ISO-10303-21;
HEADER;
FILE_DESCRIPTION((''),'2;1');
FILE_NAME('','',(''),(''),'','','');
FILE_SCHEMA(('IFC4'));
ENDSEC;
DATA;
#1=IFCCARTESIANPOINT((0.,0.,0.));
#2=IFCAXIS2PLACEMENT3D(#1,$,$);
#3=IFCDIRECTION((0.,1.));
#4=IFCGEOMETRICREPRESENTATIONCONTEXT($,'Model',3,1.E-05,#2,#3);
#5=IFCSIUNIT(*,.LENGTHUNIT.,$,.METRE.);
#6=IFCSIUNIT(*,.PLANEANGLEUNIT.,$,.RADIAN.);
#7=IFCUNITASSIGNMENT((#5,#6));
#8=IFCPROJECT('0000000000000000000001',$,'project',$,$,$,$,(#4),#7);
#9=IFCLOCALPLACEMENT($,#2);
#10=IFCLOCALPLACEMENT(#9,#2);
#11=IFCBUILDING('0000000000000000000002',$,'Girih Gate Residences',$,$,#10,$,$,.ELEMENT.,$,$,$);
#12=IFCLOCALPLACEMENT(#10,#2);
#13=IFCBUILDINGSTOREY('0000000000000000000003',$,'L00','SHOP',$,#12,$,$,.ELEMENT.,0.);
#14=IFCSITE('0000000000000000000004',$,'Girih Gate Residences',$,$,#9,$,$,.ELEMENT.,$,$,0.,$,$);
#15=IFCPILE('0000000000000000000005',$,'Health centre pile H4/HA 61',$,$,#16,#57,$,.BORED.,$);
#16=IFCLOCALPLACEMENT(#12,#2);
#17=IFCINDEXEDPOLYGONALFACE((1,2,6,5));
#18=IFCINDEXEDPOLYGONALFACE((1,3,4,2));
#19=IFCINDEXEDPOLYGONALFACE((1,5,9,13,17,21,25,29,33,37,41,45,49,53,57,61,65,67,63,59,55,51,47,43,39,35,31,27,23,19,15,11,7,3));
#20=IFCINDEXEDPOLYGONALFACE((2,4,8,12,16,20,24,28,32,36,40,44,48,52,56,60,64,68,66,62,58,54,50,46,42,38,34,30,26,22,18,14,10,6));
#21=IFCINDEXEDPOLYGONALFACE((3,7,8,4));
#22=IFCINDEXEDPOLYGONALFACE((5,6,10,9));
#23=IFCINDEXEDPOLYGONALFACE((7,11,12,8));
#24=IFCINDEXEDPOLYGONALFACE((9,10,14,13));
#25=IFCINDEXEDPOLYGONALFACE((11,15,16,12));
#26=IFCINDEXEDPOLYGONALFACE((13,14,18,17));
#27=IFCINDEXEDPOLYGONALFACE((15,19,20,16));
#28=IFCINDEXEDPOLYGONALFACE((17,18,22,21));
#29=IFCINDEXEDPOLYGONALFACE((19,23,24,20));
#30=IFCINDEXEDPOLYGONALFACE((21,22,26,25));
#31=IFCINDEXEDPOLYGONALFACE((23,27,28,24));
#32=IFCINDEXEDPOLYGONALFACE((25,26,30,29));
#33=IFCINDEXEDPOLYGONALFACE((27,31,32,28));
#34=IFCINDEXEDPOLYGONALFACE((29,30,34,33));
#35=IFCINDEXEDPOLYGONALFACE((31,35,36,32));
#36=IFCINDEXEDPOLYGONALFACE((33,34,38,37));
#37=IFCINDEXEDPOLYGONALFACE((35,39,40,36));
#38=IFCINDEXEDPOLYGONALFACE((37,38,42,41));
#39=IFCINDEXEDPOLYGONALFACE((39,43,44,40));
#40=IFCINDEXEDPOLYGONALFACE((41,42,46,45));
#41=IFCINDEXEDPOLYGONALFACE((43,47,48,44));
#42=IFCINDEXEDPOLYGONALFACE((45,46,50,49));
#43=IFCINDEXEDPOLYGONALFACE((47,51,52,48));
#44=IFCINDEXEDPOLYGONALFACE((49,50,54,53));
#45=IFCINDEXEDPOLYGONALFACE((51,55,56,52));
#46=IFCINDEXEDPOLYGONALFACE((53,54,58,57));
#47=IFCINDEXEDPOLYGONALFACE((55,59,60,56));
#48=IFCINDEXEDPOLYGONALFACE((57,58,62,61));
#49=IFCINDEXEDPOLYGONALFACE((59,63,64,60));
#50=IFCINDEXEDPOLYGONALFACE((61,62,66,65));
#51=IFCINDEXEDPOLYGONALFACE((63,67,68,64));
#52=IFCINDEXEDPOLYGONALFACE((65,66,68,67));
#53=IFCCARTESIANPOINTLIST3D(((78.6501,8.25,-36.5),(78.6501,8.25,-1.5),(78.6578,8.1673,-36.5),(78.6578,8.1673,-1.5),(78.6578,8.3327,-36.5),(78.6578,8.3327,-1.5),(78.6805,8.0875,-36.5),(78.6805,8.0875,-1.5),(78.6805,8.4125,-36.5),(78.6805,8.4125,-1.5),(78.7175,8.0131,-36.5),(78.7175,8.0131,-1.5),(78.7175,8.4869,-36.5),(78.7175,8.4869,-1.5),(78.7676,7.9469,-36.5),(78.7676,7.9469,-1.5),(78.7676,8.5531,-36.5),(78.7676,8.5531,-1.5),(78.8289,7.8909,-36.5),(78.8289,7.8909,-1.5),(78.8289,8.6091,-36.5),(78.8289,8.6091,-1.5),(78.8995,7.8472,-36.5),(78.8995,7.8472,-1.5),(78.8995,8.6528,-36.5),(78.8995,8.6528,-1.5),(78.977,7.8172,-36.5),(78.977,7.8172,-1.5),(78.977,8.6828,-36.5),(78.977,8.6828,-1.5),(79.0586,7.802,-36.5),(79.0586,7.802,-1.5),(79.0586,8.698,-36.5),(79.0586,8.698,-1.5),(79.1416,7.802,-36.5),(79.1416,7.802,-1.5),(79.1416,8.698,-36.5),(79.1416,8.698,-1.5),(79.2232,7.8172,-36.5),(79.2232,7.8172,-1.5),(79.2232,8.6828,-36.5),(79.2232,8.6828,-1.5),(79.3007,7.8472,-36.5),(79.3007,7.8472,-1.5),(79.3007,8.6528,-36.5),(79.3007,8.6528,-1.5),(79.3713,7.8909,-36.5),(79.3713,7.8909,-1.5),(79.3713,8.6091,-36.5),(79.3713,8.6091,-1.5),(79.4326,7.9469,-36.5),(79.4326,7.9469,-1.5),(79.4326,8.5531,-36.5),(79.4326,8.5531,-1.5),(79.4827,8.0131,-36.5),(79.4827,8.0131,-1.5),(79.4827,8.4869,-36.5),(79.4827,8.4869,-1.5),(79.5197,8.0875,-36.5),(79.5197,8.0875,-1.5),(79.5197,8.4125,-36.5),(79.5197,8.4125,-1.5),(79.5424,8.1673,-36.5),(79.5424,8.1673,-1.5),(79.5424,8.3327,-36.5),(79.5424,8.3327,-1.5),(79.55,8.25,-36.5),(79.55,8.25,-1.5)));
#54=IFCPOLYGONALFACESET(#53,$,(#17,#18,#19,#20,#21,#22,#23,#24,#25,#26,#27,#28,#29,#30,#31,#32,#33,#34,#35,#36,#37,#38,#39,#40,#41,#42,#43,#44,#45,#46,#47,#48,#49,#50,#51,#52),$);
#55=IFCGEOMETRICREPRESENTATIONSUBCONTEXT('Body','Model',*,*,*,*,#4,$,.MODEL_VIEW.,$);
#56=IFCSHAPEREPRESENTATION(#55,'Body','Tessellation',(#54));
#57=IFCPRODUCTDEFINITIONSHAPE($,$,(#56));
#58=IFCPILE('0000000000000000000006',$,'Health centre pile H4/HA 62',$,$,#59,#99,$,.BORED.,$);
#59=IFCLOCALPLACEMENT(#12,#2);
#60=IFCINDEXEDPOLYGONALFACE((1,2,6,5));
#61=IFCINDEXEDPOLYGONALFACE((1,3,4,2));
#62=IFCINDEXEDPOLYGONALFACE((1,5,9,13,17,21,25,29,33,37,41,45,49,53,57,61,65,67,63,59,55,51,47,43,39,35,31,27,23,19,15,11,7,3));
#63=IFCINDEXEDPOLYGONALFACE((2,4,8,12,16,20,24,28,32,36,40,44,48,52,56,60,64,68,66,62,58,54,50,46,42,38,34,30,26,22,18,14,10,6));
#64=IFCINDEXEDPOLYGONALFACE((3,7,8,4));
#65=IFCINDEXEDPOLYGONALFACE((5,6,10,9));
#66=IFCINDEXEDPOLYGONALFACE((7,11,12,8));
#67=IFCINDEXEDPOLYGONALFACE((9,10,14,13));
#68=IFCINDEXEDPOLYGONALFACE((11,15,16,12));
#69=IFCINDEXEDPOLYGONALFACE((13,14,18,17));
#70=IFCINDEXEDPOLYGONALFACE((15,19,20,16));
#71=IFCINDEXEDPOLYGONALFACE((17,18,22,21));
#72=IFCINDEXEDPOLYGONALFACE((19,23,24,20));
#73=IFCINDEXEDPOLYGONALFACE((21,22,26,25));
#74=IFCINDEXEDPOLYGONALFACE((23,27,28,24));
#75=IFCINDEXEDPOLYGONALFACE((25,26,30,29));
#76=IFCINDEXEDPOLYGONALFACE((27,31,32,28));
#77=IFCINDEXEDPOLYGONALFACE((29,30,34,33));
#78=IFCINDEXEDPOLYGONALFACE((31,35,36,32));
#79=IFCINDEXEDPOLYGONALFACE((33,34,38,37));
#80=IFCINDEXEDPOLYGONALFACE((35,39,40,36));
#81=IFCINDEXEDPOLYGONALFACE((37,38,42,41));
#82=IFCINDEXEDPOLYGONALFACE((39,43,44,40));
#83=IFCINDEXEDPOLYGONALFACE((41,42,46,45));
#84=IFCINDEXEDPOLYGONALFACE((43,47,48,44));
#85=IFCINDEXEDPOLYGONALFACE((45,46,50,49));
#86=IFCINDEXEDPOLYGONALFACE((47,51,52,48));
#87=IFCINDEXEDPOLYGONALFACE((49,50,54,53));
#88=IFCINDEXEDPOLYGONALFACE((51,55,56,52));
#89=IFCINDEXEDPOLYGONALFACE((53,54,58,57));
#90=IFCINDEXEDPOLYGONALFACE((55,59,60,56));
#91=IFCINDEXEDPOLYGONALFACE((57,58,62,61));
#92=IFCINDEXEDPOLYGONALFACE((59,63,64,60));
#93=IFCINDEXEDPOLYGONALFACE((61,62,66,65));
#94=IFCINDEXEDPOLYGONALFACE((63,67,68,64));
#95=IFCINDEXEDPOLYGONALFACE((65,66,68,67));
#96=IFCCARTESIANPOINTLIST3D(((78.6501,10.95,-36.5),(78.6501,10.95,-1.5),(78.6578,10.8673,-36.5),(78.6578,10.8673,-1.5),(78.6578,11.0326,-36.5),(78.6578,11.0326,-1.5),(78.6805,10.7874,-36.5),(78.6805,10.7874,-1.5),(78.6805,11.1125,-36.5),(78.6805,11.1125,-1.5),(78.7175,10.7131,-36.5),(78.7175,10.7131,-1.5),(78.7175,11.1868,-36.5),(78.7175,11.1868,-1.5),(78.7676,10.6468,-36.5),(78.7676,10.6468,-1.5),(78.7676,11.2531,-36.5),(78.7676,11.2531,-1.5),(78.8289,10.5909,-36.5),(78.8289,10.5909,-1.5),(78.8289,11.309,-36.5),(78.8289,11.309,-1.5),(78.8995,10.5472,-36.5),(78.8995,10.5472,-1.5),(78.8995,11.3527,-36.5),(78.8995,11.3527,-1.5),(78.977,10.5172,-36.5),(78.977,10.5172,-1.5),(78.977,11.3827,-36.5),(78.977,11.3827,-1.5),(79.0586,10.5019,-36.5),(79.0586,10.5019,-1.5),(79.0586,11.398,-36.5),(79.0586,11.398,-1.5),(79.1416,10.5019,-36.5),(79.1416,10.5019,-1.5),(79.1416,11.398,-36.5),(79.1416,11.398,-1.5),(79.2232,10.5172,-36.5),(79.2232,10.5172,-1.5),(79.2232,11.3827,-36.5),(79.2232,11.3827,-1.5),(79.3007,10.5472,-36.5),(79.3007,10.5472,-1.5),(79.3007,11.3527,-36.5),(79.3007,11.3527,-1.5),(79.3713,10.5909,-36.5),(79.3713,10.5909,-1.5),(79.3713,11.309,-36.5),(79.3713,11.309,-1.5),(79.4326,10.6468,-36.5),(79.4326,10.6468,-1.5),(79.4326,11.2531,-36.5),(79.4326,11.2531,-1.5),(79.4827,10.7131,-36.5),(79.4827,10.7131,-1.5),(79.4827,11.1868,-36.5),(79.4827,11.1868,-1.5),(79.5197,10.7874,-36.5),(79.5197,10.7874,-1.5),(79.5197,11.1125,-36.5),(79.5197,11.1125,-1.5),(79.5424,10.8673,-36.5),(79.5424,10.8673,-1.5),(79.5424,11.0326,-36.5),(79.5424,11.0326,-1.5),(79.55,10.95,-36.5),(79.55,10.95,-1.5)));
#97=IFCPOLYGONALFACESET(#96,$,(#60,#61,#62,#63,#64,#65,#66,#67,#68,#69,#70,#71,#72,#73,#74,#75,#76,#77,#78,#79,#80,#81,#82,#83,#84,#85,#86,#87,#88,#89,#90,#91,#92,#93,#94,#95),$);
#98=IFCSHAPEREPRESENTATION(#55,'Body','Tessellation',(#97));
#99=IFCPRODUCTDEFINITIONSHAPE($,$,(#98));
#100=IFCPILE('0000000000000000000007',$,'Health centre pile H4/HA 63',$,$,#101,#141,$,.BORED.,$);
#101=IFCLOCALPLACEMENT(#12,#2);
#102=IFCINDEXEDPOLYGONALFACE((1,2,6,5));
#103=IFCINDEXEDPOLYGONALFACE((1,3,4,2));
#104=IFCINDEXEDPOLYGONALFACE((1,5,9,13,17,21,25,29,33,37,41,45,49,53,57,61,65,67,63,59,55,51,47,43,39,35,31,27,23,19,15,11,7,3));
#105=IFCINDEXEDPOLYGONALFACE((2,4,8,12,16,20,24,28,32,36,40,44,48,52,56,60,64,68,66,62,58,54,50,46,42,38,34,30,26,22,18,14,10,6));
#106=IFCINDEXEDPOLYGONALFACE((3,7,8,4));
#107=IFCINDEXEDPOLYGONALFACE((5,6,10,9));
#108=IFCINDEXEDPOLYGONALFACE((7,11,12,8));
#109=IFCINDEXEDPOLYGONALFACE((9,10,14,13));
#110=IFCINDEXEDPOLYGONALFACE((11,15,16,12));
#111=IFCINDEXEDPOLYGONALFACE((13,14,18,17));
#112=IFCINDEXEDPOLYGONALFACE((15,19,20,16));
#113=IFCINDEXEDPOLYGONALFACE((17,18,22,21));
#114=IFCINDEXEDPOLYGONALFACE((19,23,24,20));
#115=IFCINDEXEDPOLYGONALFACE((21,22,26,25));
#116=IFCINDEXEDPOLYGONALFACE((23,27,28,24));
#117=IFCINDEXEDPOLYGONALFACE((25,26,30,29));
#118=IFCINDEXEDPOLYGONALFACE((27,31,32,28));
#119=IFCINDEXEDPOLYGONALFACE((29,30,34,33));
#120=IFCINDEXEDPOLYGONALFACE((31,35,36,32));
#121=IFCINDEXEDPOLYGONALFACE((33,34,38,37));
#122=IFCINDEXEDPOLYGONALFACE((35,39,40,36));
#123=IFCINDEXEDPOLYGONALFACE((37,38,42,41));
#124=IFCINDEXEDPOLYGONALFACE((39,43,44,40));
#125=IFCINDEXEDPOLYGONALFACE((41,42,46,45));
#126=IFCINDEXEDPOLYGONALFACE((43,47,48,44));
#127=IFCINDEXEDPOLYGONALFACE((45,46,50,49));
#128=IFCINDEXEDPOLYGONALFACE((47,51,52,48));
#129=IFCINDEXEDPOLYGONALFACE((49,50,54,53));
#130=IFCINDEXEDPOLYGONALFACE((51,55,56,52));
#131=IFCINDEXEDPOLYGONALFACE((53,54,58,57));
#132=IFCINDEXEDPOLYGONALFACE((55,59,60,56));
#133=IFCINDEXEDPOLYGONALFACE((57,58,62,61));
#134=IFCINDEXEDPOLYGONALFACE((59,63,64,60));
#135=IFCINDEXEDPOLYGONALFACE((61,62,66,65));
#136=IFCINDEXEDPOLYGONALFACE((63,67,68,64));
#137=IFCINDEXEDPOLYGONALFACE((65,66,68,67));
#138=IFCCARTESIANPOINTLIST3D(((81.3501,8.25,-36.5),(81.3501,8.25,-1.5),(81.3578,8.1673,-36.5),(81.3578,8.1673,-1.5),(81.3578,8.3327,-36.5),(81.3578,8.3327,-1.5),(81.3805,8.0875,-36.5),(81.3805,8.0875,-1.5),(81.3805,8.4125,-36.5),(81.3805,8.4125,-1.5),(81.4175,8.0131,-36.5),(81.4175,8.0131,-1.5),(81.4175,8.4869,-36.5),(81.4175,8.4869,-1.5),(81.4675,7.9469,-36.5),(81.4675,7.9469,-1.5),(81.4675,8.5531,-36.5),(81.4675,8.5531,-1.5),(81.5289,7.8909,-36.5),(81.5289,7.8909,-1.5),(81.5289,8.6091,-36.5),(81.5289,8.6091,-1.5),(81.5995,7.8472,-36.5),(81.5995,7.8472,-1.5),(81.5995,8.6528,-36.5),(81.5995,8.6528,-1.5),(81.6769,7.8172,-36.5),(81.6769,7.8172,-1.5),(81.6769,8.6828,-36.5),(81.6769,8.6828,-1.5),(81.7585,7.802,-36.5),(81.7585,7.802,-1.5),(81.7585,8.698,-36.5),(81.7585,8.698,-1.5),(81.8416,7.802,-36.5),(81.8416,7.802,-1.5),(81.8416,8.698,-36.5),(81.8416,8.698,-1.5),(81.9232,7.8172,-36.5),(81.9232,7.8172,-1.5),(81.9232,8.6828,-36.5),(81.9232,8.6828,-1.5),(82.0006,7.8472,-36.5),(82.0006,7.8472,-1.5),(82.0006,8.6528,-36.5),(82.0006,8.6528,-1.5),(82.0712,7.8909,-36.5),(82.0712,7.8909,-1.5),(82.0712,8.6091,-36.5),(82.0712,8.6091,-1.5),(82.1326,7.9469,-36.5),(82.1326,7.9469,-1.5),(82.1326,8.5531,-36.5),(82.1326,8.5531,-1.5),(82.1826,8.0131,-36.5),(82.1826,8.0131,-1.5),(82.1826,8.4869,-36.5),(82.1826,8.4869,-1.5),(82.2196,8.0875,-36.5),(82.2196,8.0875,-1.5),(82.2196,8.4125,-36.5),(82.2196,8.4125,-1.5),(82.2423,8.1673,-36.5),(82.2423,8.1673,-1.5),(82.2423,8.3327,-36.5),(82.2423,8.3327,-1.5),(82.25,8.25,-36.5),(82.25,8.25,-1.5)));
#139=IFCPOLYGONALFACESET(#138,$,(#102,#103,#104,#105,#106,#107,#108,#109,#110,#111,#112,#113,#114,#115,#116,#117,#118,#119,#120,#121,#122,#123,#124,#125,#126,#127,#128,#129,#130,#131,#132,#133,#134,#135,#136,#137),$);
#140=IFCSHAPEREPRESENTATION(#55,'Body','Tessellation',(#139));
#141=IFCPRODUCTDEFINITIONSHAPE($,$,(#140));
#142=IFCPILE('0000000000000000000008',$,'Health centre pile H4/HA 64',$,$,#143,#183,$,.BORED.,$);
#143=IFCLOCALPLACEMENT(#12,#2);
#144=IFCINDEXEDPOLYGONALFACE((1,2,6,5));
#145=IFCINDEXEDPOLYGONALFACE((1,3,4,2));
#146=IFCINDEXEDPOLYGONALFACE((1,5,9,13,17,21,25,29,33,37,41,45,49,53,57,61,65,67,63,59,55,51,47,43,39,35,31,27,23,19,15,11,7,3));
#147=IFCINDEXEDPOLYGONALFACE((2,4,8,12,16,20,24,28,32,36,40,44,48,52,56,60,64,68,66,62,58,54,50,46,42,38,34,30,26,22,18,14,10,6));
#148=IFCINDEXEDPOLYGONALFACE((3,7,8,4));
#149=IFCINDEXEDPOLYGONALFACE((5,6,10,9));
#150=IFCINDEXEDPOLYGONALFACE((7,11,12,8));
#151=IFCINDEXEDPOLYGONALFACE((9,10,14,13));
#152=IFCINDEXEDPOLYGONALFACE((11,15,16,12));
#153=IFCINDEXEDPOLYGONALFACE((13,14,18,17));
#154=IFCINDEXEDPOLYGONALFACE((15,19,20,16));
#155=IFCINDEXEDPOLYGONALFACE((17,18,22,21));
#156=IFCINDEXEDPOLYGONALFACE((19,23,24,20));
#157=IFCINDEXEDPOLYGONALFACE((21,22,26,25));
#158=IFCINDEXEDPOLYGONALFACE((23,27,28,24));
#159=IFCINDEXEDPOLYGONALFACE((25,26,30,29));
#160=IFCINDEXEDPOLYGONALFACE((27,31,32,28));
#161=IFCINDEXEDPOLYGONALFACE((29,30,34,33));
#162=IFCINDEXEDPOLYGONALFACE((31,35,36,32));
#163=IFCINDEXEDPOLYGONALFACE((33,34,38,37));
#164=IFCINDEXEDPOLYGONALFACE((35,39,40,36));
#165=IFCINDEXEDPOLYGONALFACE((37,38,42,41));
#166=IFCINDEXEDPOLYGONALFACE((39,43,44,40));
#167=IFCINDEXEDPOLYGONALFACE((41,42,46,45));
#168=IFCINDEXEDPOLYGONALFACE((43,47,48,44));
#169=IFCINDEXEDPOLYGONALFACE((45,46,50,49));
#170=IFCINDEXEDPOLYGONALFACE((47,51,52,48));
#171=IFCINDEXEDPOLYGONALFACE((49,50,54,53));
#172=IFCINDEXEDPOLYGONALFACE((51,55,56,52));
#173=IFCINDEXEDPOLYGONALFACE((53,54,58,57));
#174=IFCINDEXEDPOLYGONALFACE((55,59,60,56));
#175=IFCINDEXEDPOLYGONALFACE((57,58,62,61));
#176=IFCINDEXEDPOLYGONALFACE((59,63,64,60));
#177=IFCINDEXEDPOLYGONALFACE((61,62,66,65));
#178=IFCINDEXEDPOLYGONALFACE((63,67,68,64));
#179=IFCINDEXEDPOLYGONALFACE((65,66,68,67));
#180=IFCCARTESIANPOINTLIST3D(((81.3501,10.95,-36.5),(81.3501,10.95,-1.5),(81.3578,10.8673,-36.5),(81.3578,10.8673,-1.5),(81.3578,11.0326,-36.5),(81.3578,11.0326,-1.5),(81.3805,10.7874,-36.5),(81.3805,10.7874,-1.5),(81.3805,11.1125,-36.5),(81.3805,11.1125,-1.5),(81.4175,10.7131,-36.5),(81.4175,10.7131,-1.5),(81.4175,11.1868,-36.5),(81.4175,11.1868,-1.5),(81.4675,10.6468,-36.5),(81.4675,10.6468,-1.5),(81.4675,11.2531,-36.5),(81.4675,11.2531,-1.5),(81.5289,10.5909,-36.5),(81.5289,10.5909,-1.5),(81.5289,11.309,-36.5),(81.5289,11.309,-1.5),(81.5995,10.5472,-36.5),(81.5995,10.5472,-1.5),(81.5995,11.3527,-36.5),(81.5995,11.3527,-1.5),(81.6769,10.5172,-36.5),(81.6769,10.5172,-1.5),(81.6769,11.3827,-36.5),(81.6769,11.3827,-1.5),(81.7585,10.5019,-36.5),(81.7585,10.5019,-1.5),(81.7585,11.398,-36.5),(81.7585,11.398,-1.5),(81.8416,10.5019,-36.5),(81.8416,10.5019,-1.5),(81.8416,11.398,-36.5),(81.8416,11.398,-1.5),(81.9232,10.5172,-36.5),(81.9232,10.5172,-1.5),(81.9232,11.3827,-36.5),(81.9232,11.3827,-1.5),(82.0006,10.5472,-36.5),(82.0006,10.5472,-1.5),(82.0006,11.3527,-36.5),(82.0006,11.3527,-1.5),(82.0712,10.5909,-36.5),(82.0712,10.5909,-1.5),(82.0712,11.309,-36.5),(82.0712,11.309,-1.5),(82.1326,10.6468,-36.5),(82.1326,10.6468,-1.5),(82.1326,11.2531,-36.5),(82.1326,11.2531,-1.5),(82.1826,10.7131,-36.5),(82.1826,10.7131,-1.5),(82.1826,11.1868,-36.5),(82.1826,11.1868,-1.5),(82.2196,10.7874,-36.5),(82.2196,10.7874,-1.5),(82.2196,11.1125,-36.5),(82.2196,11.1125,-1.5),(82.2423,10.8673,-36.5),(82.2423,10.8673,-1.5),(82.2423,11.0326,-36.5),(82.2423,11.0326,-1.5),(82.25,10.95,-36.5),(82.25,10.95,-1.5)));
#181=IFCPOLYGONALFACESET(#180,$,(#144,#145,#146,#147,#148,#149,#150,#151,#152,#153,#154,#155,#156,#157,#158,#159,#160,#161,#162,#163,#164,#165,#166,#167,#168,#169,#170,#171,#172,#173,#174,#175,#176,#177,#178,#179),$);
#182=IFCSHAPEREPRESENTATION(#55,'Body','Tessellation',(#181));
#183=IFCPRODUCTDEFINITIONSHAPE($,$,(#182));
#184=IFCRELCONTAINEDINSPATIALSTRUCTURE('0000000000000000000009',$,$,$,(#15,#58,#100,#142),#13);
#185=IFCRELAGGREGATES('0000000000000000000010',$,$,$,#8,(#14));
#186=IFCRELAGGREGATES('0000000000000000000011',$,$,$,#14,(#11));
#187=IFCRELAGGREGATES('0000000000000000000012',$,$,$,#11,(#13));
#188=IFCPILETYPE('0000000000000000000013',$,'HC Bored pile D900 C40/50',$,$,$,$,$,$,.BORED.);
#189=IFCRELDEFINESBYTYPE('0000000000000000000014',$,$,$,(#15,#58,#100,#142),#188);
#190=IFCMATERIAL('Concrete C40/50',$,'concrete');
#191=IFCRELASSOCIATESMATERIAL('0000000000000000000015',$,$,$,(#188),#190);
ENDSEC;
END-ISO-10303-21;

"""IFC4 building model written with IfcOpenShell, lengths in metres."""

from ifc_helpers import new_model, si_unit, direction, frame, origin, origin_2d, place, context, subcontext, project, spatial, circle, extrude, material, material_profile, profile_set, type_object, element, save


model = new_model("IFC4")

# Units and contexts
model_context = context("Model", 3, precision=1e-05, world=origin(), true_north=direction((0.0, 1.0)))
body_context = subcontext(model_context, "Body", "Model", "MODEL_VIEW")
ifc_project = project(units=[si_unit("LENGTHUNIT", "METRE"), si_unit("PLANEANGLEUNIT", "RADIAN")], contexts=[model_context])

# Site, building, storey
site_placement = place(None, origin())
site = spatial("IfcSite", under=ifc_project, at=site_placement, Name="Girih Gate Residences", CompositionType="ELEMENT", RefElevation=0.0)
building_placement = place(site_placement, origin())
building = spatial("IfcBuilding", under=site, at=building_placement, Name="Girih Gate Residences", CompositionType="ELEMENT")
storey_placement = place(building_placement, origin())
storey = spatial("IfcBuildingStorey", under=building, at=storey_placement, Name="L00", Description="SHOP", CompositionType="ELEMENT", Elevation=0.0)

# Piles
ifc_material_1 = material(Name="Concrete C40/50", Category="concrete")
ifc_material_profile_1 = material_profile(ifc_material_1, circle(Radius=0.45, at=origin_2d()))
ifc_profile_set_1 = profile_set([ifc_material_profile_1], Name="Concrete C40/50")
pile_type = type_object("IfcPileType", Name="HC Bored pile D900 C40/50", PredefinedType="BORED", material=ifc_profile_set_1)
for number, where, z_axis, x_axis, name in (
    (1, (79.1001, 8.25, -1.5), (0.0, 0.0, -1.0), (1.0, 0.0, 0.0), "Health centre pile H4/HA 61"),
    (2, (79.1001, 10.95, -1.5), (0.0, 0.0, -1.0), (1.0, 0.0, 0.0), "Health centre pile H4/HA 62"),
    (3, (81.8, 8.25, -1.5), (0.0, 0.0, -1.0), (1.0, 0.0, 0.0), "Health centre pile H4/HA 63"),
    (4, (81.8, 10.95, -1.5), (0.0, 0.0, -1.0), (1.0, 0.0, 0.0), "Health centre pile H4/HA 64"),
):
    element("IfcPile", number, at=place(storey_placement, frame(where, z_axis=z_axis, x_axis=x_axis)), inside=storey, type_object=pile_type, Name=name, PredefinedType="BORED", context=body_context, shape_type="SweptSolid", body=[
        extrude(circle(Radius=0.45, at=origin_2d()), origin(), (0.0, 0.0, 1.0), 35.0),
    ])

save(model, "model.ifc")
